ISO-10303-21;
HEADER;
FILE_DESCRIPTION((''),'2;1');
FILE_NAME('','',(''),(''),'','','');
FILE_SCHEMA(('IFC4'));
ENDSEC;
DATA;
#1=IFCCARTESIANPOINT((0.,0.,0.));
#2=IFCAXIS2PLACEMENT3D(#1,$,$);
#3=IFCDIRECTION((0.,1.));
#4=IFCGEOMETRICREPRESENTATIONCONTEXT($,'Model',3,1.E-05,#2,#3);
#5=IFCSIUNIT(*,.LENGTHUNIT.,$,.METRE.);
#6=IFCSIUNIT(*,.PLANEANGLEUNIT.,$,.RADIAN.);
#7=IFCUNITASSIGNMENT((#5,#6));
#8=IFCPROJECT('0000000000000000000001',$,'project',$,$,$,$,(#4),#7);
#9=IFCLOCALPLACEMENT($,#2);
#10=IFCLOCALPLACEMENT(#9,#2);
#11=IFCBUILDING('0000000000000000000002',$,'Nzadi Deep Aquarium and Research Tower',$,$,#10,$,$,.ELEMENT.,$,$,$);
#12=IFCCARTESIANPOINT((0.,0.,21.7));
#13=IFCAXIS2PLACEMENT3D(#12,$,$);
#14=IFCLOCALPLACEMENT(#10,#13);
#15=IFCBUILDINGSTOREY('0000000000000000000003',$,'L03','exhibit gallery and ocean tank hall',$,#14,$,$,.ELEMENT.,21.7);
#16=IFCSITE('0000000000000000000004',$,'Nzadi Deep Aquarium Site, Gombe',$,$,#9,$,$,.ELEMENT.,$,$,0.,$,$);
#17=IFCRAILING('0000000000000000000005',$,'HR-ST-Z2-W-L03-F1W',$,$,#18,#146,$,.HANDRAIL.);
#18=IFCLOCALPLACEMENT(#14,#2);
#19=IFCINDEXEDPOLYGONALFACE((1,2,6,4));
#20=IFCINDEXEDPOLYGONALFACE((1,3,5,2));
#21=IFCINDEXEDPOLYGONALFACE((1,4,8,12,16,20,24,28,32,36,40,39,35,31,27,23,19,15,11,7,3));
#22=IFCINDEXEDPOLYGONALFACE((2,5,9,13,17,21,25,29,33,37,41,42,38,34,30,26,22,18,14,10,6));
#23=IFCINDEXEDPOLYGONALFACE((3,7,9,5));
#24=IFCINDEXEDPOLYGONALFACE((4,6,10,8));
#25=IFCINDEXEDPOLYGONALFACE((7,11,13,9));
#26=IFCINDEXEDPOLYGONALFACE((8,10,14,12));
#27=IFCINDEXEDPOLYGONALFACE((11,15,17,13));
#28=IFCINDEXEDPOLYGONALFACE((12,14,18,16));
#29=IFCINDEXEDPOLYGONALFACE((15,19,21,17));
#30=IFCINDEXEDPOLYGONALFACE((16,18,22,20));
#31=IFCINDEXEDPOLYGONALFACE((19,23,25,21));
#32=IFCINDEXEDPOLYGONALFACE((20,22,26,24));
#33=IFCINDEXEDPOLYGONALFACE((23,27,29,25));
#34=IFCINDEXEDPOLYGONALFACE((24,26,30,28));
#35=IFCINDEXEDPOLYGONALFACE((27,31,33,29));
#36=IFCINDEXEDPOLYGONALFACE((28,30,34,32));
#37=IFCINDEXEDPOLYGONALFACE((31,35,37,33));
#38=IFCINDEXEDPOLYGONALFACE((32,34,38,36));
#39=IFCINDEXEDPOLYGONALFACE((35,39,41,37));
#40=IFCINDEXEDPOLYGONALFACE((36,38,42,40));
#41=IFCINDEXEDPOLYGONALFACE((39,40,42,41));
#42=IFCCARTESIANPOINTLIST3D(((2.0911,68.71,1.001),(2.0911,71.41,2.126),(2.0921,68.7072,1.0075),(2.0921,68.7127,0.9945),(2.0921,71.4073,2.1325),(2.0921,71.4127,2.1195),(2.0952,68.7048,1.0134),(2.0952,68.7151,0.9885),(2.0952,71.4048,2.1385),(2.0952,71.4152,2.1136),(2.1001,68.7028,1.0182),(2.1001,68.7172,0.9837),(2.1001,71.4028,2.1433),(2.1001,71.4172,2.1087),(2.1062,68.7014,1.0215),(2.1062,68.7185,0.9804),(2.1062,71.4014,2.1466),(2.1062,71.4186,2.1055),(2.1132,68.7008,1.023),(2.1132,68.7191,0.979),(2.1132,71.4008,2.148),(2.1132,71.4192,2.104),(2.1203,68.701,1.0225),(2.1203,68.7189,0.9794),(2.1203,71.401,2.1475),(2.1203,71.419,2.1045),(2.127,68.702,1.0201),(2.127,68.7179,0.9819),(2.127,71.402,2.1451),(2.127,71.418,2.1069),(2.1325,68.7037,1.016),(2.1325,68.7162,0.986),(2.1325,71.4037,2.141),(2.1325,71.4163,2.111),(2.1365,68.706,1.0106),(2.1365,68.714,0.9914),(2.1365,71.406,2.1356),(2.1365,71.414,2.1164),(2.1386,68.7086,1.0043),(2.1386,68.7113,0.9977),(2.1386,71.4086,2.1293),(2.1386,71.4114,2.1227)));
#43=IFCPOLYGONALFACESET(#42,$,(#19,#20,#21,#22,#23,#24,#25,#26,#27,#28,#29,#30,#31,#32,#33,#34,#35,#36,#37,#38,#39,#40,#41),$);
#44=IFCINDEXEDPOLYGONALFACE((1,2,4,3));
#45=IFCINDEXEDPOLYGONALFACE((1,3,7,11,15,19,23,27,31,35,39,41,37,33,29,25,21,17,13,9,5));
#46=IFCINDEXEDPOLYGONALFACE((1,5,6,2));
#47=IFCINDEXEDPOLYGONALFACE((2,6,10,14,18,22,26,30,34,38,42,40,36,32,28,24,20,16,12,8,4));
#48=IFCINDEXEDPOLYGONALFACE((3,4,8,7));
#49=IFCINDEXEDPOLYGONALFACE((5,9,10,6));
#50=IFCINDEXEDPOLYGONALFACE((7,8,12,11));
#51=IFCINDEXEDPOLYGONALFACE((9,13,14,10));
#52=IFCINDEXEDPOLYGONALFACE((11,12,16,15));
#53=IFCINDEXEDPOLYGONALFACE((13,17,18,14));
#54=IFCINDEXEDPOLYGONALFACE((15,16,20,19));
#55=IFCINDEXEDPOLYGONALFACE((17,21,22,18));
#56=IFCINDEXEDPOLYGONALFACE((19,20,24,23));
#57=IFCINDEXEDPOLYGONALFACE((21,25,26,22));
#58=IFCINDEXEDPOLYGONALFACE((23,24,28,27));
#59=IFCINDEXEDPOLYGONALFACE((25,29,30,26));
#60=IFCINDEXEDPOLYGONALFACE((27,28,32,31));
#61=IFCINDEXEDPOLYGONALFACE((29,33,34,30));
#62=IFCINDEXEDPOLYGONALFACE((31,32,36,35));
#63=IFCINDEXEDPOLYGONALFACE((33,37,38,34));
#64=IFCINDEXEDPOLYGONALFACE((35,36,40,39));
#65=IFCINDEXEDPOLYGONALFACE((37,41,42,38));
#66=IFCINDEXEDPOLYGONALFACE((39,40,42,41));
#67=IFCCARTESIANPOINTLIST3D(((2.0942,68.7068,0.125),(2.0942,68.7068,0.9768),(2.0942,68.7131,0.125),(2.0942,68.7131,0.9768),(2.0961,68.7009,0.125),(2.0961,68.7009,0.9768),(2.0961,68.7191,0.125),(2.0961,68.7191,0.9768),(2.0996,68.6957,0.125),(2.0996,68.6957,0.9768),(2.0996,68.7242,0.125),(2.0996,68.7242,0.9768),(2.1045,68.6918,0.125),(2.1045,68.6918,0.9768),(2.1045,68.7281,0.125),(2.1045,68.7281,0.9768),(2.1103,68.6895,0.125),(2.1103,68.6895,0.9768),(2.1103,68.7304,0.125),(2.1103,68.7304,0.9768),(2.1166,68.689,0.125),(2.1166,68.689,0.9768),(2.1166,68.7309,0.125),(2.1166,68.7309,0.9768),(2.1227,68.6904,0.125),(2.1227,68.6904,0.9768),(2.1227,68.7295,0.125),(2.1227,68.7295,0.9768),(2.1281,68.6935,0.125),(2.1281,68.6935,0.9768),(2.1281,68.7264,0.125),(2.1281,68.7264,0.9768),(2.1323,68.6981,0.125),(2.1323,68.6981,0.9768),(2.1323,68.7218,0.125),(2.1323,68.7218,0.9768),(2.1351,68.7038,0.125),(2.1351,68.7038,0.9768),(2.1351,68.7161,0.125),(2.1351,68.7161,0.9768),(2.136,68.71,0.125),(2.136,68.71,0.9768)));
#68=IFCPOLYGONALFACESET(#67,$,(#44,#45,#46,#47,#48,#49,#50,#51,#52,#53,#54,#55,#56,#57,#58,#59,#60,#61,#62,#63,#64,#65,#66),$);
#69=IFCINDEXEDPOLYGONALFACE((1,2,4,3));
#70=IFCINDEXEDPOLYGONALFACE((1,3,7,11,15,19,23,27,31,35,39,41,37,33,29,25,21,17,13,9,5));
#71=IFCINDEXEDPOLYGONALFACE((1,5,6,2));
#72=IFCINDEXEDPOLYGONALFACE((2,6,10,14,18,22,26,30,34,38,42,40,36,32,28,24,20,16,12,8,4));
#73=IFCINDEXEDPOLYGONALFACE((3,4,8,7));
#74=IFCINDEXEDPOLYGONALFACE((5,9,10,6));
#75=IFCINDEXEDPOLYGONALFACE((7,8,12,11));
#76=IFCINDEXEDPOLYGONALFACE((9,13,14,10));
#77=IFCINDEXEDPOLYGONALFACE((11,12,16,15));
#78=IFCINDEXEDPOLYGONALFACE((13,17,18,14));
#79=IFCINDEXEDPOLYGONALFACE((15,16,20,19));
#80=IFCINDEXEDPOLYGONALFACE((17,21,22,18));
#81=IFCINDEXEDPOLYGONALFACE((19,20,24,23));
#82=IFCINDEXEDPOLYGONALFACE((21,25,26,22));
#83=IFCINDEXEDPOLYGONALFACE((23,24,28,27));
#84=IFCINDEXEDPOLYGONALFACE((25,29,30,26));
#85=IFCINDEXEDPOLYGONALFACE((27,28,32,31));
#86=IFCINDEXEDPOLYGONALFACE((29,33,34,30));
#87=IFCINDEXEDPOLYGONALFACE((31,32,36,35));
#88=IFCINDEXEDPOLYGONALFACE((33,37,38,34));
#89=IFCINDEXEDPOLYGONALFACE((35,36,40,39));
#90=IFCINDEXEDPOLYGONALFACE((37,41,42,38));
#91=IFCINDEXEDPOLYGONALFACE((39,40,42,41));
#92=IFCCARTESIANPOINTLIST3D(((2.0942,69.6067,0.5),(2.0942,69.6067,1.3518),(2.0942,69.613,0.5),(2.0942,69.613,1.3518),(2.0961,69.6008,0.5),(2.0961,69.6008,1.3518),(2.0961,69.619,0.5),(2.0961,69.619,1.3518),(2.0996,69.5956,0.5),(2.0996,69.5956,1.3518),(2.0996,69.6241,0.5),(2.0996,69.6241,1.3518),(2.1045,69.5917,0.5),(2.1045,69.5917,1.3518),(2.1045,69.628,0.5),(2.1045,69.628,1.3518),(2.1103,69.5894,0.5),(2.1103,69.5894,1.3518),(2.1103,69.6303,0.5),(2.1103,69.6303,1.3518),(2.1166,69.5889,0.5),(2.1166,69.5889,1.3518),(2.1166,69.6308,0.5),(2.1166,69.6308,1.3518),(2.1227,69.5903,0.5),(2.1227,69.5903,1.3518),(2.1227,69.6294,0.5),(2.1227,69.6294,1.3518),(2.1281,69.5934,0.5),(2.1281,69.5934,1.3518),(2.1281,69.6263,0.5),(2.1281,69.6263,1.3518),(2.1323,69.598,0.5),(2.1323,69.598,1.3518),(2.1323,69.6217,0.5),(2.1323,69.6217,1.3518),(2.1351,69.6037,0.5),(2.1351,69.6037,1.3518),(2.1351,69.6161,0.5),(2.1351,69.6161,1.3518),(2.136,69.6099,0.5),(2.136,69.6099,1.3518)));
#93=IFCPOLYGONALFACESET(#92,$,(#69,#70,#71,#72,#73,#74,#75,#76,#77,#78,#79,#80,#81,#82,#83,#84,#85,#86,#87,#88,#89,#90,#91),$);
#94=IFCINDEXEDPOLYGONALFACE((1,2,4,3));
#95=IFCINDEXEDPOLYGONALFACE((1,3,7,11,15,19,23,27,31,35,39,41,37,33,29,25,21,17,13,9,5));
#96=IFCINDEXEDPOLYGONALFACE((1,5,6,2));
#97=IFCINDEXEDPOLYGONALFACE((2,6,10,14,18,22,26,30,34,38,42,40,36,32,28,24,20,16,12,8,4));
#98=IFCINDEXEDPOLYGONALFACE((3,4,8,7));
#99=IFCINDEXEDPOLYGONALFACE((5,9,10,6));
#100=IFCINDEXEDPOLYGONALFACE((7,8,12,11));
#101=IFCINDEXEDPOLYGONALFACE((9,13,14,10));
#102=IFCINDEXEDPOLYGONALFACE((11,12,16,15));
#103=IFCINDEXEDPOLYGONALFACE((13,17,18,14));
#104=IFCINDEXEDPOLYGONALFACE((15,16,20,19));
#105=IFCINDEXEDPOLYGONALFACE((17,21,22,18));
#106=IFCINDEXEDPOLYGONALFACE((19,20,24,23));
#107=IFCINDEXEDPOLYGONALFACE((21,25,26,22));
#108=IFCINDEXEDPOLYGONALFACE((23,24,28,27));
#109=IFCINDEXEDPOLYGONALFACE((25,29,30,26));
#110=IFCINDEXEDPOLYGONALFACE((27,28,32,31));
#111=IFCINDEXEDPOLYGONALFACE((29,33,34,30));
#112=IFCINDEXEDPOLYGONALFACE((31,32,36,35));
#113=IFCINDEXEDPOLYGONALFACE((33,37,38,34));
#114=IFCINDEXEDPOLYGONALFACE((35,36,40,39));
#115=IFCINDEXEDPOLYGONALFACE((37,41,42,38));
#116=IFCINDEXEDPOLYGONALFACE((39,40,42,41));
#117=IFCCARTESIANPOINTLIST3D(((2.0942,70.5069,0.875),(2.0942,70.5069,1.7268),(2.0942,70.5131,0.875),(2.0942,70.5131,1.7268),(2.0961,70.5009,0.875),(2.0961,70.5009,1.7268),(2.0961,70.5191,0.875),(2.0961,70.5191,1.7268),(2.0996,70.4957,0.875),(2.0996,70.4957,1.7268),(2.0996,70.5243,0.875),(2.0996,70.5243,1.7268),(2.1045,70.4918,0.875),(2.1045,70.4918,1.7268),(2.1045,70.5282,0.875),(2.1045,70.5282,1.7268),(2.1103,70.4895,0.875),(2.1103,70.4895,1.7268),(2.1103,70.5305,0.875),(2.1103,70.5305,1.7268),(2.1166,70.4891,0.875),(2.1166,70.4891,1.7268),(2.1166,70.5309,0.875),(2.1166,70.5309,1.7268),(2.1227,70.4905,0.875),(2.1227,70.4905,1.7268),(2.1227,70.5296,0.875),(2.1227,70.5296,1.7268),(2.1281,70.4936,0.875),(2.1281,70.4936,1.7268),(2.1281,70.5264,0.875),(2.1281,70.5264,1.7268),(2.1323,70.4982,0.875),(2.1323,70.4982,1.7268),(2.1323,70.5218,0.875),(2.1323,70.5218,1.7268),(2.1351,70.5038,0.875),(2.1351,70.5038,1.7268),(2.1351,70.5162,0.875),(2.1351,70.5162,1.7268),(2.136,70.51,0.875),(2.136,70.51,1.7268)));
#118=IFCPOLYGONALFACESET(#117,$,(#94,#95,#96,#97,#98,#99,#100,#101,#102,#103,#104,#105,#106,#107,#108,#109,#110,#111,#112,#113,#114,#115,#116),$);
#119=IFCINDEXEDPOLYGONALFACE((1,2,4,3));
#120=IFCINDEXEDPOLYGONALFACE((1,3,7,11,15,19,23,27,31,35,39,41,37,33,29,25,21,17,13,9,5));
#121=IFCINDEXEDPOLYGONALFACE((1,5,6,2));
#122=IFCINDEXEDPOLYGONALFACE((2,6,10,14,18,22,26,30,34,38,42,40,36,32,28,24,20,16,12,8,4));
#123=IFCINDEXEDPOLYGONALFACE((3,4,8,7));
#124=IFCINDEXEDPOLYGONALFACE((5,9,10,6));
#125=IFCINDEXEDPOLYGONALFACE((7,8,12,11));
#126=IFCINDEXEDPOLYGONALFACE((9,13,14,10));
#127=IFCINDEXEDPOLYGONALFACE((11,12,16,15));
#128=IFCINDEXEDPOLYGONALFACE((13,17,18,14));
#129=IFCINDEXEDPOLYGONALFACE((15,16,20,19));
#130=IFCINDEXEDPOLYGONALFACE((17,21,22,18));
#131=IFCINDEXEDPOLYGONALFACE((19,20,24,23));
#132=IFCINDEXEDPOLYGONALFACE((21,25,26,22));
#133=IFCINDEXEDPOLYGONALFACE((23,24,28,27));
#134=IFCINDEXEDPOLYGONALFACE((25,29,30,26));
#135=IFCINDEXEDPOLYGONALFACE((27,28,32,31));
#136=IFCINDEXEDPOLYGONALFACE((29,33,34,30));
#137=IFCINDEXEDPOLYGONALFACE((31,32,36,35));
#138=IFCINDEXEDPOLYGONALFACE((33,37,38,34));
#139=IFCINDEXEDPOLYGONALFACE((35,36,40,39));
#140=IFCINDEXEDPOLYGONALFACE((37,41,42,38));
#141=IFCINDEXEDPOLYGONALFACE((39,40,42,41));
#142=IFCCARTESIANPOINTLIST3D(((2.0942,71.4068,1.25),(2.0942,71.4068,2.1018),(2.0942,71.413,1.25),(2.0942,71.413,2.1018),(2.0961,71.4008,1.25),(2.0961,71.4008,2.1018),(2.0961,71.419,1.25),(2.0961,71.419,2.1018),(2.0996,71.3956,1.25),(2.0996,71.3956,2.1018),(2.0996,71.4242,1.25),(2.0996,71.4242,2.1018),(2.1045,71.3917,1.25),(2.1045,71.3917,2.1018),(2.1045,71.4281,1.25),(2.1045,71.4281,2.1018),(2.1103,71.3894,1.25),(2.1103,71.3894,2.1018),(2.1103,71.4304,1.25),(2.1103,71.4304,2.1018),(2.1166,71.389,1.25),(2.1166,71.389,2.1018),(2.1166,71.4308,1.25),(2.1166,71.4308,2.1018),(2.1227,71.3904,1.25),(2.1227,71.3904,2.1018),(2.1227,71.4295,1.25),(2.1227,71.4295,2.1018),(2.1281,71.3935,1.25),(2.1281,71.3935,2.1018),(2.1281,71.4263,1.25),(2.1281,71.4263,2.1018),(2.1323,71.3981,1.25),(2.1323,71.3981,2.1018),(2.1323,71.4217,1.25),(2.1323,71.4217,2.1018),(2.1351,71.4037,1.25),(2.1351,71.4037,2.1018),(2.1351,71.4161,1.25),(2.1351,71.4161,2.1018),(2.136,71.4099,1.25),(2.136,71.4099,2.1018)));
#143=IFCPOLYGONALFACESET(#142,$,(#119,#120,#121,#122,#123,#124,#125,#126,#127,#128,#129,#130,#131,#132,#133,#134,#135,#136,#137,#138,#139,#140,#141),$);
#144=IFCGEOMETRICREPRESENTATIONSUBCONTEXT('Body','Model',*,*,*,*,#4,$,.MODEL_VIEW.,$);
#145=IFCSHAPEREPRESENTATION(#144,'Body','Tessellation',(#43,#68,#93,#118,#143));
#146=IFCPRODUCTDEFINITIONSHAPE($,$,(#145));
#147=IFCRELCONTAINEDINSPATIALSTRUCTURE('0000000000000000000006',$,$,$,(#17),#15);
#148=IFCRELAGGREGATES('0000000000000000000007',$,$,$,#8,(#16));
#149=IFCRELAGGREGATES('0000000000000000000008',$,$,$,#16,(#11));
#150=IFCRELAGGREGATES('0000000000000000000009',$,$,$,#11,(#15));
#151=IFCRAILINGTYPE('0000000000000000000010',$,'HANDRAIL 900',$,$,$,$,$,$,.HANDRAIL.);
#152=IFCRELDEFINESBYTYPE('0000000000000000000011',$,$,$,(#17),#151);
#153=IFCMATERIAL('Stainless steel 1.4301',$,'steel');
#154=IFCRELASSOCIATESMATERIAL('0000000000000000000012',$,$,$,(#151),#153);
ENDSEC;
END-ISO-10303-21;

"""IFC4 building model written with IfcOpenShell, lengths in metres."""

from ifc_helpers import new_model, si_unit, direction, frame, origin, origin_2d, place, context, subcontext, project, spatial, circle, extrude, material, type_object, element, save


model = new_model("IFC4")

# Units and contexts
model_context = context("Model", 3, precision=1e-05, world=origin(), true_north=direction((0.0, 1.0)))
body_context = subcontext(model_context, "Body", "Model", "MODEL_VIEW")
ifc_project = project(units=[si_unit("LENGTHUNIT", "METRE"), si_unit("PLANEANGLEUNIT", "RADIAN")], contexts=[model_context])

# Site, building, storey
site_placement = place(None, origin())
site = spatial("IfcSite", under=ifc_project, at=site_placement, Name="Nzadi Deep Aquarium Site, Gombe", CompositionType="ELEMENT", RefElevation=0.0)
building_placement = place(site_placement, origin())
building = spatial("IfcBuilding", under=site, at=building_placement, Name="Nzadi Deep Aquarium and Research Tower", CompositionType="ELEMENT")
storey_placement = place(building_placement, frame((0.0, 0.0, 21.7)))
storey = spatial("IfcBuildingStorey", under=building, at=storey_placement, Name="L03", Description="exhibit gallery and ocean tank hall", CompositionType="ELEMENT", Elevation=21.7)

# Railing
ifc_material_1 = material(Name="Stainless steel 1.4301", Category="steel")
railing_type = type_object("IfcRailingType", Name="HANDRAIL 900", PredefinedType="HANDRAIL", material=ifc_material_1)
for number, where, name in (
    (1, (2.115, 68.71, 0.125), "HR-ST-Z2-W-L03-F1W"),
):
    element("IfcRailing", number, at=place(storey_placement, frame(where)), inside=storey, type_object=railing_type, Name=name, PredefinedType="HANDRAIL", context=body_context, shape_type="SweptSolid", body=[
        extrude(circle(Radius=0.0239, at=origin_2d()), frame((0.0, 0.0, 0.876), z_axis=(0.0, 0.923074, 0.384621), x_axis=(-1.0, 0.0, 0.0)), (0.0, 0.0, 1.0), 2.925),
        extrude(circle(Radius=0.021, at=origin_2d()), origin(), (0.0, 0.0, 1.0), 0.8518),
        extrude(circle(Radius=0.021, at=origin_2d()), frame((0.0, 0.8999, 0.375)), (0.0, 0.0, 1.0), 0.8518),
        extrude(circle(Radius=0.021, at=origin_2d()), frame((0.0, 1.8, 0.75)), (0.0, 0.0, 1.0), 0.8518),
        extrude(circle(Radius=0.021, at=origin_2d()), frame((0.0, 2.7, 1.125)), (0.0, 0.0, 1.0), 0.8518),
    ])

save(model, "model.ifc")
